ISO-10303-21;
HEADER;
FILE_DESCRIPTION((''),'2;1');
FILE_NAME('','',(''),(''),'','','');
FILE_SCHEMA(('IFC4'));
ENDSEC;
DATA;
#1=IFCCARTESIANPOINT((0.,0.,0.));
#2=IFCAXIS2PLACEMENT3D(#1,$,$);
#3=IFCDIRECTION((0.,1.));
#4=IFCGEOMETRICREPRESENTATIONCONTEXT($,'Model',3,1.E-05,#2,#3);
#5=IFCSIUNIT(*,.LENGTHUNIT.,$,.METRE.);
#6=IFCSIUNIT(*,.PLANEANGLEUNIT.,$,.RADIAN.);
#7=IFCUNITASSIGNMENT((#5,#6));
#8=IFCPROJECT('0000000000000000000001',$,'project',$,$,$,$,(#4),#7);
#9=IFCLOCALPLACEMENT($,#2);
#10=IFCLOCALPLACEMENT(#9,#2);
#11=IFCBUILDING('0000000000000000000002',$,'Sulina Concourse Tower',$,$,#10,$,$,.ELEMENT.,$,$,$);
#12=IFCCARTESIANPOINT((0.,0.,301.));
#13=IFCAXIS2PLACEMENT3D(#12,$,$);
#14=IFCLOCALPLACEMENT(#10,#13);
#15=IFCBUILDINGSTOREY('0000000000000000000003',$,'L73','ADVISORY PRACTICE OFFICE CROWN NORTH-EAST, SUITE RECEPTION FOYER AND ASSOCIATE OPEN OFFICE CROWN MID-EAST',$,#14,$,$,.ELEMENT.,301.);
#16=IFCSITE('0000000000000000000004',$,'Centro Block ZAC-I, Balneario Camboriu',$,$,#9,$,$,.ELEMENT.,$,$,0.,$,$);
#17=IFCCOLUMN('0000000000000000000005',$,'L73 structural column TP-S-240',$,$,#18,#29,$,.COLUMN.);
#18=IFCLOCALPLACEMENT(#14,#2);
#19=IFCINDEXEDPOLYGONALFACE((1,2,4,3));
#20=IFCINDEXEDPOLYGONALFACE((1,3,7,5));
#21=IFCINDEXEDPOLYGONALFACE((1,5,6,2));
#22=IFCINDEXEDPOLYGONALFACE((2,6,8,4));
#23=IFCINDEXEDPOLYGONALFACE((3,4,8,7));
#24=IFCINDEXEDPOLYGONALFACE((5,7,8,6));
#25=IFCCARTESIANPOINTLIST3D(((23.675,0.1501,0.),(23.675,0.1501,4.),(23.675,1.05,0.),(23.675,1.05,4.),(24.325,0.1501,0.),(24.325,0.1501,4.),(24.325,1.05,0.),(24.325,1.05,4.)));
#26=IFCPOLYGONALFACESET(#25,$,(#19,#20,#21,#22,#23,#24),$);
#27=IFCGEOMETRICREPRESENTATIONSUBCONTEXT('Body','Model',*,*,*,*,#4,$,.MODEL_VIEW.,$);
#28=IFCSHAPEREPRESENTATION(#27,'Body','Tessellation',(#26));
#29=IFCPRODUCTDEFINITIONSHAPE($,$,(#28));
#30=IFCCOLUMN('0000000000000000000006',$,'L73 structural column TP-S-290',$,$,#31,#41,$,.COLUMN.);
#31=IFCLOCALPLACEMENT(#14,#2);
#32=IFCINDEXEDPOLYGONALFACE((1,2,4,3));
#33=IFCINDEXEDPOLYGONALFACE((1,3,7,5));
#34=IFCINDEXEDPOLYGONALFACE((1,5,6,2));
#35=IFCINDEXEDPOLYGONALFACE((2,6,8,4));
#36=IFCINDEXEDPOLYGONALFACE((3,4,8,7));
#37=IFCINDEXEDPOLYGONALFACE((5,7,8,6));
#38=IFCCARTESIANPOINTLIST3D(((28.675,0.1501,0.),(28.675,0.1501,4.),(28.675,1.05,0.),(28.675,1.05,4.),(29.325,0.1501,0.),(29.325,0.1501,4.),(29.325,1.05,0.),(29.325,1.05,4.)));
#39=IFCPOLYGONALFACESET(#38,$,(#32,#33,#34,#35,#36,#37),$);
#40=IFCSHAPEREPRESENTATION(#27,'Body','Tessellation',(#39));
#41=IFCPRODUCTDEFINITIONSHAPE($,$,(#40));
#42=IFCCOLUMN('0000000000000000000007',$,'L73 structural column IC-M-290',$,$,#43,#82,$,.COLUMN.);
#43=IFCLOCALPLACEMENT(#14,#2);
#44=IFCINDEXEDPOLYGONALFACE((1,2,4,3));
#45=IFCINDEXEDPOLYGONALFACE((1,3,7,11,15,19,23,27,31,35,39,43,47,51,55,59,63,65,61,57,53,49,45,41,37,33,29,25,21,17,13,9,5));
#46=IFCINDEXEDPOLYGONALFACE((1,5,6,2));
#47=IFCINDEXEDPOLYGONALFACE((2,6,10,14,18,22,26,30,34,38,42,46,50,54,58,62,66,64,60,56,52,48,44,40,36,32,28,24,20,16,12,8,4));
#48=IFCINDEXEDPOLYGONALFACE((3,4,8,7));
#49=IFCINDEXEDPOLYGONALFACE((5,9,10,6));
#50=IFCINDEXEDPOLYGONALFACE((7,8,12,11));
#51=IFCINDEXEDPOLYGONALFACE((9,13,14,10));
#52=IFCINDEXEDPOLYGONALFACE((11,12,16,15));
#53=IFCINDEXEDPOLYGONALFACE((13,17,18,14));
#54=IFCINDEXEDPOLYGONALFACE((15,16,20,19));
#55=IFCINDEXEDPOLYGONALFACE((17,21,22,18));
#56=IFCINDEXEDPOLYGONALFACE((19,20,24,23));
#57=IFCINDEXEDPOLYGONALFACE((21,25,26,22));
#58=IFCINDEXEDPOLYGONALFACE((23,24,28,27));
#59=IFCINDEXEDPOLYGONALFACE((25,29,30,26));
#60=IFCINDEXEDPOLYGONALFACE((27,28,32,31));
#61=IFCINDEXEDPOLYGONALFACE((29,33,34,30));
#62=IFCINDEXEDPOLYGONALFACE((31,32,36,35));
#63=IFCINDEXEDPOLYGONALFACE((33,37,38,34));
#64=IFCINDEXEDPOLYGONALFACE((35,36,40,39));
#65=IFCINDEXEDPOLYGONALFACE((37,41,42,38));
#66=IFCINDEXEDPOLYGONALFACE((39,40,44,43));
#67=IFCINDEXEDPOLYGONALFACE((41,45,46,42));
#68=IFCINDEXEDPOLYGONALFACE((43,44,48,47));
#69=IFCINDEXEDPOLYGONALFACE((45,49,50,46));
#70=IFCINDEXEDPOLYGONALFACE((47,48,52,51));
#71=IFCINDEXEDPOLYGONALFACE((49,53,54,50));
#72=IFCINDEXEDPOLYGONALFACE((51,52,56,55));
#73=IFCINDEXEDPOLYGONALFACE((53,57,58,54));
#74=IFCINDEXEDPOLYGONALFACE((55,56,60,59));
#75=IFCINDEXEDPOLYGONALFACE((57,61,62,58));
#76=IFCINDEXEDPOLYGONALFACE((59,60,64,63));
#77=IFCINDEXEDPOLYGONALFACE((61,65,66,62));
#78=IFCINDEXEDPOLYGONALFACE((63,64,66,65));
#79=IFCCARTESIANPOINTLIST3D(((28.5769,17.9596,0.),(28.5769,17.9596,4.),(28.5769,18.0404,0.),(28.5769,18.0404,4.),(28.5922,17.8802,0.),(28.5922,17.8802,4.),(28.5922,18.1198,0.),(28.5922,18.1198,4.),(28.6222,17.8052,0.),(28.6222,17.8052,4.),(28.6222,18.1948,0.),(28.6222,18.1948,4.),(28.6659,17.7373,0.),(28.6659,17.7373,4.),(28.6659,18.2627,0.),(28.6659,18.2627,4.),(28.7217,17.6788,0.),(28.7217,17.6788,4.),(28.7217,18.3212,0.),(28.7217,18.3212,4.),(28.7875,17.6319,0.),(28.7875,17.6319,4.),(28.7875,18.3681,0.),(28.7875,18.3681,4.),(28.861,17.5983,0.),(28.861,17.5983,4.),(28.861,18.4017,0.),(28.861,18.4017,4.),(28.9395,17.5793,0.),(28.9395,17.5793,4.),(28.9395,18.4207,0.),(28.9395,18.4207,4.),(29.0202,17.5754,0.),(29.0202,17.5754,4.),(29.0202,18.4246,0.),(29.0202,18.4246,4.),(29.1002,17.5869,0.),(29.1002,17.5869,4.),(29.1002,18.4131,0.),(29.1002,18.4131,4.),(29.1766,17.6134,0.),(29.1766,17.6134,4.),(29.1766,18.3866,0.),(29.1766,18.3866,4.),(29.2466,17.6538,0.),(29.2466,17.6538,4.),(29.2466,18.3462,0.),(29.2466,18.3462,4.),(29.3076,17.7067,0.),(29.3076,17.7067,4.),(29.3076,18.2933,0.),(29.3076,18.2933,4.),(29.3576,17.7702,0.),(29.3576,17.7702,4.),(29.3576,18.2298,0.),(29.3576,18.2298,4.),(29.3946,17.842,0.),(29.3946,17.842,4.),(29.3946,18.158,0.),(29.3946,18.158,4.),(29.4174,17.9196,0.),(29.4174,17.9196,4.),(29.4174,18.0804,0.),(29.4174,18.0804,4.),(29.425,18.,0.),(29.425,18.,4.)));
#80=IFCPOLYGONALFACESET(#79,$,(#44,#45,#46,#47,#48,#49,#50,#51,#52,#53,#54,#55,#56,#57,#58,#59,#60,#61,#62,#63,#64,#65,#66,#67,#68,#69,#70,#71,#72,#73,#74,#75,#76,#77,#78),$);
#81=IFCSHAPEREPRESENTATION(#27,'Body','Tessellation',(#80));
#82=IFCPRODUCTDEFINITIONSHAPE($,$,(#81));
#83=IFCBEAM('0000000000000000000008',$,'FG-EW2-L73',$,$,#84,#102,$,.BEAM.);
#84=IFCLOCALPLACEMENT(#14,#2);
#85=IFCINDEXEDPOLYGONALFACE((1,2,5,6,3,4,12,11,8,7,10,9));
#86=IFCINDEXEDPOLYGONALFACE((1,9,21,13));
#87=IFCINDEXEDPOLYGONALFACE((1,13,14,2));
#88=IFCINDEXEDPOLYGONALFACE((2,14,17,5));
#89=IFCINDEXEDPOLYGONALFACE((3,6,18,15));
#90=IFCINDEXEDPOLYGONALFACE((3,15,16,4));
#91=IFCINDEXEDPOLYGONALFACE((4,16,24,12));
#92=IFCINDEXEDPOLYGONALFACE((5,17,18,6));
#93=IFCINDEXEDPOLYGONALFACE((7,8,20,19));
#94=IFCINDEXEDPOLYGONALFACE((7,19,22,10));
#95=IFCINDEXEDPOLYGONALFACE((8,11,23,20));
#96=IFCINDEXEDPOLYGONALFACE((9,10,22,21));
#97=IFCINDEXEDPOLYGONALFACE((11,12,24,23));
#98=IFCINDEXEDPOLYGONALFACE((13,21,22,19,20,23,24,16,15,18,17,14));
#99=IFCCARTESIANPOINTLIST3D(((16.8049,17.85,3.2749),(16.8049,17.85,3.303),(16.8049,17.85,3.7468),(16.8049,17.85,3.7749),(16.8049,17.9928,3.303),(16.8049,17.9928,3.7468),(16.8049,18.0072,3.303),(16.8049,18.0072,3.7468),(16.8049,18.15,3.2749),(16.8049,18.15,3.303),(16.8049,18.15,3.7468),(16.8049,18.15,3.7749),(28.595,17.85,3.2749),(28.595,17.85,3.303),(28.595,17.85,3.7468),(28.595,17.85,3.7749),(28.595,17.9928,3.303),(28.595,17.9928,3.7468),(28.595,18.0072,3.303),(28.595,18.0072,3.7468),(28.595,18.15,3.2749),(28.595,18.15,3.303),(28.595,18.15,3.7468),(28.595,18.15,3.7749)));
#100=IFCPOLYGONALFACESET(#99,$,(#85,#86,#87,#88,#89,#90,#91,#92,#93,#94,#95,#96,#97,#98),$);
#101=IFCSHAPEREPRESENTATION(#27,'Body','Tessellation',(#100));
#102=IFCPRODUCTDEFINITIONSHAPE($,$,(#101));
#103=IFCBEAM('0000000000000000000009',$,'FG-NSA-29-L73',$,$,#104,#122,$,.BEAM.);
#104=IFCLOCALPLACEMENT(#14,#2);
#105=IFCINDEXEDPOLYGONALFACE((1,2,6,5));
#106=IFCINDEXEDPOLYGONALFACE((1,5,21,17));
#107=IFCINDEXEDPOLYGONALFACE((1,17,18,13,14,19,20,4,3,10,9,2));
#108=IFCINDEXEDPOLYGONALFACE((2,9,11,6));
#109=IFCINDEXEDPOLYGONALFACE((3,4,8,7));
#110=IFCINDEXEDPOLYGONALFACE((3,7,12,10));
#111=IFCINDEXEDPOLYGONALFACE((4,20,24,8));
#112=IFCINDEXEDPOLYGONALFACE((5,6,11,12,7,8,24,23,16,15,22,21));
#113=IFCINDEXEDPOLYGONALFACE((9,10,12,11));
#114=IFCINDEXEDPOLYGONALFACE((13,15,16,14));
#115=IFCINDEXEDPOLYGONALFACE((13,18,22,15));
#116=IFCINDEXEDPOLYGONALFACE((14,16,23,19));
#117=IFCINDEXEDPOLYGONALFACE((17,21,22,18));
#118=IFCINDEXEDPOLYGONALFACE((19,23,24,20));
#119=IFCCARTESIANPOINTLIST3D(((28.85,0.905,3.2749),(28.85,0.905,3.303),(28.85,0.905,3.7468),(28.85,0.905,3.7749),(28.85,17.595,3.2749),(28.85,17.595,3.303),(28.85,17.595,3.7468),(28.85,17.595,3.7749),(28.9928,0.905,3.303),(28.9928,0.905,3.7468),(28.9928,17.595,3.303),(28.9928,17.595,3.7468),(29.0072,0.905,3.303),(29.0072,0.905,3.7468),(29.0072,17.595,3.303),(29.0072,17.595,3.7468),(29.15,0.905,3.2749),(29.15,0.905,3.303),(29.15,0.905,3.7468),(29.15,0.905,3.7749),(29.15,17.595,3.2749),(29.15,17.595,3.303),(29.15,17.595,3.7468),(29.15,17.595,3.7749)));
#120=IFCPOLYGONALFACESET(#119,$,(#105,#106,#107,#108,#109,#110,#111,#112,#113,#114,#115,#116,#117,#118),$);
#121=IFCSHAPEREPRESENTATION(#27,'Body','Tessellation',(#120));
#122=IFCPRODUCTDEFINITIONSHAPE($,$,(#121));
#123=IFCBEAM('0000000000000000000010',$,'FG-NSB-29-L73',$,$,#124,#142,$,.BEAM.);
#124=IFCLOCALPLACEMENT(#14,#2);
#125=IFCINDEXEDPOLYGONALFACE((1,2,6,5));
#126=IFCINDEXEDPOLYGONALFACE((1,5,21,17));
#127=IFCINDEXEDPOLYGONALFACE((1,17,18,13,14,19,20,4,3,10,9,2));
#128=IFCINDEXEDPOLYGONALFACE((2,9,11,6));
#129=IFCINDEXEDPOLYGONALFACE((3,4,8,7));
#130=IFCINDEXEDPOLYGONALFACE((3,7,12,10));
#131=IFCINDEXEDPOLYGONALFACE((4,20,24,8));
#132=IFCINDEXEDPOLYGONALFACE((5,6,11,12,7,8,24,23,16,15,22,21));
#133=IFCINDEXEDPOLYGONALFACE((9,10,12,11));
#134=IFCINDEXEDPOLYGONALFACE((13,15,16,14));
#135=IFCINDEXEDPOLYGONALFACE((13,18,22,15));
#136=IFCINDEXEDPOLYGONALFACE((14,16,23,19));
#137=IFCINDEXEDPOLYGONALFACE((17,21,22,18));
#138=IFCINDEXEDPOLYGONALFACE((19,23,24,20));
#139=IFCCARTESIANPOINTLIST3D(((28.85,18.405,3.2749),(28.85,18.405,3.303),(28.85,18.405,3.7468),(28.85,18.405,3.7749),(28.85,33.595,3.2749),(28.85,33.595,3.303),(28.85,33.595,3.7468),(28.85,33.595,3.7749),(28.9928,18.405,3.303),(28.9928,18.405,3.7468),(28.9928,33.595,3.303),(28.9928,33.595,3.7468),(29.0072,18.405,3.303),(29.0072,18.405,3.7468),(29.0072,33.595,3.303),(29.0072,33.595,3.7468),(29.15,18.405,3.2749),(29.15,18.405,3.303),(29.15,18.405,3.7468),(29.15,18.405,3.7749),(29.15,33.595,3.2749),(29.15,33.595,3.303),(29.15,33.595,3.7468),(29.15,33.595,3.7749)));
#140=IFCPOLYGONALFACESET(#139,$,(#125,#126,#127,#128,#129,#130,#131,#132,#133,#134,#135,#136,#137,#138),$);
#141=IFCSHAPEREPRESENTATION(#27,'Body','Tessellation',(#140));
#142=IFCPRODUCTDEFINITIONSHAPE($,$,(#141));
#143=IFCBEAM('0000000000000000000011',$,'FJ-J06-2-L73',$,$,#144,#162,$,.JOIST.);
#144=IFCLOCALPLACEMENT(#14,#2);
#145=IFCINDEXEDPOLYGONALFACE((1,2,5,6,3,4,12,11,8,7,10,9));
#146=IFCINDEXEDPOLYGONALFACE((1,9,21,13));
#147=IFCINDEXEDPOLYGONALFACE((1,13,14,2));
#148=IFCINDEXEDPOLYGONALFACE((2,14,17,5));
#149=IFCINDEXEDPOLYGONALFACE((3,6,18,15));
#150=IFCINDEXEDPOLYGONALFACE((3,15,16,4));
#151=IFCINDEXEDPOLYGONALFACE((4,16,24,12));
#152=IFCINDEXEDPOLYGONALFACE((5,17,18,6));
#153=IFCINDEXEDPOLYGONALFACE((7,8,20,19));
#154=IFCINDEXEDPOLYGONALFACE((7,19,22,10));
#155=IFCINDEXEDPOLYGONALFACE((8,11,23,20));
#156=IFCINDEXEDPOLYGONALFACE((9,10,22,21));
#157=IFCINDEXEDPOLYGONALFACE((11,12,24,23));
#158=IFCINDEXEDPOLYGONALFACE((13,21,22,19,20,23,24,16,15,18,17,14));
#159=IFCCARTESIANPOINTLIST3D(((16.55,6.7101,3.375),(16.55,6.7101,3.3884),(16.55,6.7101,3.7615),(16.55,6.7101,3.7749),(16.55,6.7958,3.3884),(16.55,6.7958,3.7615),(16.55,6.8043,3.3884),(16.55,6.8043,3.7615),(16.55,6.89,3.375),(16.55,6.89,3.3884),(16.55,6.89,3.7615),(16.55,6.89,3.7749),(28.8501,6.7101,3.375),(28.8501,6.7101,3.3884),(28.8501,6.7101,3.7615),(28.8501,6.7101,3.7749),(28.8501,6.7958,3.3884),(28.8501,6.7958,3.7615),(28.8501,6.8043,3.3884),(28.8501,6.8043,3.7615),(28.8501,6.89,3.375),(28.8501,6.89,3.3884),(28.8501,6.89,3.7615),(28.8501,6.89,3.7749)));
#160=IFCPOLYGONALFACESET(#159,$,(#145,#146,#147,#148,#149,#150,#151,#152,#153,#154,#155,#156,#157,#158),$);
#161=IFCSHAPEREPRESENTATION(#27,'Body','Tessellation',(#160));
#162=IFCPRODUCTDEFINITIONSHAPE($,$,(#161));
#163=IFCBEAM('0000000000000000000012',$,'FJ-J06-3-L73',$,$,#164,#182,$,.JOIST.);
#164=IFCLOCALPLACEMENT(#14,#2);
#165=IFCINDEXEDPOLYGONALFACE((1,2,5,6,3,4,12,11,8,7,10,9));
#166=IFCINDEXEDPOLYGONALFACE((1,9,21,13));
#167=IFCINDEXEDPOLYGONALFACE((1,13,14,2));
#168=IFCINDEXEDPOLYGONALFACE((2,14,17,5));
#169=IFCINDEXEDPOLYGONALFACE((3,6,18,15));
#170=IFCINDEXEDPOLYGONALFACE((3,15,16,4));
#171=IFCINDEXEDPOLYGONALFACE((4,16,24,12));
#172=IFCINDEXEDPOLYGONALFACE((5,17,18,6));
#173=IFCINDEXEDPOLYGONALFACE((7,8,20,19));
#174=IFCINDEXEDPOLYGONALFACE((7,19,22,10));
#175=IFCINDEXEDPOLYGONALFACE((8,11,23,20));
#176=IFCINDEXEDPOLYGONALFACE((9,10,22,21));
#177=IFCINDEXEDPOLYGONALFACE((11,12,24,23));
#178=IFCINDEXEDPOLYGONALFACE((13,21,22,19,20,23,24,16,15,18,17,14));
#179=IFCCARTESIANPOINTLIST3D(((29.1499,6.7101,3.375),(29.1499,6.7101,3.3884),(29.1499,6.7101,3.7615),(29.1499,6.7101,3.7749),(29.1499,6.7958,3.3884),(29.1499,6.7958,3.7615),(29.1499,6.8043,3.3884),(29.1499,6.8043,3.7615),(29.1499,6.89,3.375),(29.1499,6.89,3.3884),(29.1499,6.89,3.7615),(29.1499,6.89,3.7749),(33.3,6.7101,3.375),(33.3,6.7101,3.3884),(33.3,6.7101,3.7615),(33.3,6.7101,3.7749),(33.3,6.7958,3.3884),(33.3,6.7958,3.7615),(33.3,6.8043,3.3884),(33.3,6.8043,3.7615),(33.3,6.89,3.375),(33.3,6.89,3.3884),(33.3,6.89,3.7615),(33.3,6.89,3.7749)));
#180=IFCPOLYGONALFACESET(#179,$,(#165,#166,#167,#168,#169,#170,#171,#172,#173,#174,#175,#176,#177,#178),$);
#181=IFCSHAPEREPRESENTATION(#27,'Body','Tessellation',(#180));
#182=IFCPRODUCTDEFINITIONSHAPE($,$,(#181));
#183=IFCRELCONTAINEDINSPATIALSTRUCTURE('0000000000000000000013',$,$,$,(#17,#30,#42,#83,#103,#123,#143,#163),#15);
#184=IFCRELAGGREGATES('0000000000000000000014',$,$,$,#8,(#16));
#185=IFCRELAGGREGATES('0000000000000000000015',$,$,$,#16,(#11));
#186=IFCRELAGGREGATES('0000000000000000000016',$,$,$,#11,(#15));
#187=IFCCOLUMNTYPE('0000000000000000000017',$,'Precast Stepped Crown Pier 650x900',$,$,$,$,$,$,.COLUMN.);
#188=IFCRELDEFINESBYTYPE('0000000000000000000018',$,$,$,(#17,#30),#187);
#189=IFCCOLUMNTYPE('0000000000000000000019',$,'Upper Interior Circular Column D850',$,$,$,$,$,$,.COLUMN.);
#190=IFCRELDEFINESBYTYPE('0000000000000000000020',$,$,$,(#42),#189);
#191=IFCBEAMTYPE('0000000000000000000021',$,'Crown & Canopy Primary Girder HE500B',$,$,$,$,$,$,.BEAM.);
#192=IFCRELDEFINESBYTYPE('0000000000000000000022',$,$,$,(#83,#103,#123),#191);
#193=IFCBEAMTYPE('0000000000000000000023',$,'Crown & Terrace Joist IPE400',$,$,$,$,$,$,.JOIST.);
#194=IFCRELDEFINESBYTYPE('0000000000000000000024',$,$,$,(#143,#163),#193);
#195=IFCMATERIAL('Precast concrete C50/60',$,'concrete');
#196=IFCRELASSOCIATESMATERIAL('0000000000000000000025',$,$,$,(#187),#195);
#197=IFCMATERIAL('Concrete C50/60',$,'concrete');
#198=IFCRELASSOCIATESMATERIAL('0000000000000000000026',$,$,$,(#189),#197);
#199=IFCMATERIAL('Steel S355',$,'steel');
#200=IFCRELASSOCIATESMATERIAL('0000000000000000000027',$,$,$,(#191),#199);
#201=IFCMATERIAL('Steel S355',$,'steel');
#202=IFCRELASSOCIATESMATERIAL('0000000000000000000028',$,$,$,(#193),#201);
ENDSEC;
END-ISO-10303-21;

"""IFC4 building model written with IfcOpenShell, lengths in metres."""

from ifc_helpers import new_model, si_unit, direction, frame, origin, origin_2d, place, context, subcontext, project, spatial, rectangle, circle, i_section, extrude, material, material_profile, profile_set, type_object, element, save


model = new_model("IFC4")

# Units and contexts
model_context = context("Model", 3, precision=1e-05, world=origin(), true_north=direction((0.0, 1.0)))
body_context = subcontext(model_context, "Body", "Model", "MODEL_VIEW")
ifc_project = project(units=[si_unit("LENGTHUNIT", "METRE"), si_unit("PLANEANGLEUNIT", "RADIAN")], contexts=[model_context])

# Site, building, storey
site_placement = place(None, origin())
site = spatial("IfcSite", under=ifc_project, at=site_placement, Name="Centro Block ZAC-I, Balneario Camboriu", CompositionType="ELEMENT", RefElevation=0.0)
building_placement = place(site_placement, origin())
building = spatial("IfcBuilding", under=site, at=building_placement, Name="Sulina Concourse Tower", CompositionType="ELEMENT")
storey_placement = place(building_placement, frame((0.0, 0.0, 301.0)))
storey = spatial("IfcBuildingStorey", under=building, at=storey_placement, Name="L73", Description="ADVISORY PRACTICE OFFICE CROWN NORTH-EAST, SUITE RECEPTION FOYER AND ASSOCIATE OPEN OFFICE CROWN MID-EAST", CompositionType="ELEMENT", Elevation=301.0)

# Columns
ifc_material_1 = material(Name="Precast concrete C50/60", Category="concrete")
ifc_material_profile_1 = material_profile(ifc_material_1, rectangle(XDim=0.6499, YDim=0.8999, at=origin_2d()), Name="PC 650x900")
ifc_profile_set_1 = profile_set([ifc_material_profile_1], Name="Precast concrete C50/60")
column_type_1 = type_object("IfcColumnType", Name="Precast Stepped Crown Pier 650x900", PredefinedType="COLUMN", material=ifc_profile_set_1)
for number, where, z_axis, x_axis, name in (
    (1, (24.0, 0.6001, 0.0), (0.0, 0.0, 1.0), (1.0, 0.0, 0.0), "L73 structural column TP-S-240"),
    (2, (29.0, 0.6001, 0.0), (0.0, 0.0, 1.0), (1.0, 0.0, 0.0), "L73 structural column TP-S-290"),
):
    element("IfcColumn", number, at=place(storey_placement, frame(where, z_axis=z_axis, x_axis=x_axis)), inside=storey, type_object=column_type_1, Name=name, PredefinedType="COLUMN", context=body_context, shape_type="SweptSolid", body=[
        extrude(rectangle(XDim=0.6499, YDim=0.8999, at=origin_2d()), origin(), (0.0, 0.0, 1.0), 4.0),
    ])
ifc_material_2 = material(Name="Concrete C50/60", Category="concrete")
ifc_material_profile_2 = material_profile(ifc_material_2, circle(Radius=0.425, at=origin_2d()), Name="RC D850")
ifc_profile_set_2 = profile_set([ifc_material_profile_2], Name="Concrete C50/60")
column_type_2 = type_object("IfcColumnType", Name="Upper Interior Circular Column D850", PredefinedType="COLUMN", material=ifc_profile_set_2)
column_placement = place(storey_placement, frame((29.0, 18.0, 0.0), z_axis=(0.0, 0.0, 1.0), x_axis=(1.0, 0.0, 0.0)))
element("IfcColumn", 3, at=column_placement, inside=storey, type_object=column_type_2, Name="L73 structural column IC-M-290", PredefinedType="COLUMN", context=body_context, shape_type="SweptSolid", body=[
    extrude(circle(Radius=0.425, at=origin_2d()), origin(), (0.0, 0.0, 1.0), 4.0),
])

# Beams
ifc_material_3 = material(Name="Steel S355", Category="steel")
ifc_material_profile_3 = material_profile(ifc_material_3, i_section(OverallWidth=0.3, OverallDepth=0.5, WebThickness=0.0144, FlangeThickness=0.0281, at=origin_2d()), Name="HE 500 B")
ifc_profile_set_3 = profile_set([ifc_material_profile_3], Name="Steel S355")
beam_type_1 = type_object("IfcBeamType", Name="Crown & Canopy Primary Girder HE500B", PredefinedType="BEAM", material=ifc_profile_set_3)
beam_1_placement = place(storey_placement, frame((16.8049, 18.0, 3.5249), z_axis=(1.0, 0.0, 0.0), x_axis=(0.0, 1.0, 0.0)))
element("IfcBeam", 4, at=beam_1_placement, inside=storey, type_object=beam_type_1, Name="FG-EW2-L73", PredefinedType="BEAM", context=body_context, shape_type="SweptSolid", body=[
    extrude(i_section(OverallWidth=0.3, OverallDepth=0.5, WebThickness=0.0144, FlangeThickness=0.0281, at=origin_2d()), origin(), (0.0, 0.0, 1.0), 11.79),
])
beam_2_placement = place(storey_placement, frame((29.0, 0.905, 3.5249), z_axis=(0.0, 1.0, 0.0), x_axis=(-1.0, 0.0, 0.0)))
element("IfcBeam", 5, at=beam_2_placement, inside=storey, type_object=beam_type_1, Name="FG-NSA-29-L73", PredefinedType="BEAM", context=body_context, shape_type="SweptSolid", body=[
    extrude(i_section(OverallWidth=0.3, OverallDepth=0.5, WebThickness=0.0144, FlangeThickness=0.0281, at=origin_2d()), origin(), (0.0, 0.0, 1.0), 16.6899),
])
beam_3_placement = place(storey_placement, frame((29.0, 18.405, 3.5249), z_axis=(0.0, 1.0, 0.0), x_axis=(-1.0, 0.0, 0.0)))
element("IfcBeam", 6, at=beam_3_placement, inside=storey, type_object=beam_type_1, Name="FG-NSB-29-L73", PredefinedType="BEAM", context=body_context, shape_type="SweptSolid", body=[
    extrude(i_section(OverallWidth=0.3, OverallDepth=0.5, WebThickness=0.0144, FlangeThickness=0.0281, at=origin_2d()), origin(), (0.0, 0.0, 1.0), 15.1899),
])
ifc_material_4 = material(Name="Steel S355", Category="steel")
ifc_material_profile_4 = material_profile(ifc_material_4, i_section(OverallWidth=0.1799, OverallDepth=0.3999, WebThickness=0.0085, FlangeThickness=0.0134, at=origin_2d()), Name="IPE 400")
ifc_profile_set_4 = profile_set([ifc_material_profile_4], Name="Steel S355")
beam_type_2 = type_object("IfcBeamType", Name="Crown & Terrace Joist IPE400", PredefinedType="JOIST", material=ifc_profile_set_4)
beam_4_placement = place(storey_placement, frame((16.55, 6.8, 3.575), z_axis=(1.0, 0.0, 0.0), x_axis=(0.0, 1.0, 0.0)))
element("IfcBeam", 7, at=beam_4_placement, inside=storey, type_object=beam_type_2, Name="FJ-J06-2-L73", PredefinedType="JOIST", context=body_context, shape_type="SweptSolid", body=[
    extrude(i_section(OverallWidth=0.1799, OverallDepth=0.3999, WebThickness=0.0085, FlangeThickness=0.0134, at=origin_2d()), origin(), (0.0, 0.0, 1.0), 12.3),
])
beam_5_placement = place(storey_placement, frame((29.1499, 6.8, 3.575), z_axis=(1.0, 0.0, 0.0), x_axis=(0.0, 1.0, 0.0)))
element("IfcBeam", 8, at=beam_5_placement, inside=storey, type_object=beam_type_2, Name="FJ-J06-3-L73", PredefinedType="JOIST", context=body_context, shape_type="SweptSolid", body=[
    extrude(i_section(OverallWidth=0.1799, OverallDepth=0.3999, WebThickness=0.0085, FlangeThickness=0.0134, at=origin_2d()), origin(), (0.0, 0.0, 1.0), 4.1501),
])

save(model, "model.ifc")
